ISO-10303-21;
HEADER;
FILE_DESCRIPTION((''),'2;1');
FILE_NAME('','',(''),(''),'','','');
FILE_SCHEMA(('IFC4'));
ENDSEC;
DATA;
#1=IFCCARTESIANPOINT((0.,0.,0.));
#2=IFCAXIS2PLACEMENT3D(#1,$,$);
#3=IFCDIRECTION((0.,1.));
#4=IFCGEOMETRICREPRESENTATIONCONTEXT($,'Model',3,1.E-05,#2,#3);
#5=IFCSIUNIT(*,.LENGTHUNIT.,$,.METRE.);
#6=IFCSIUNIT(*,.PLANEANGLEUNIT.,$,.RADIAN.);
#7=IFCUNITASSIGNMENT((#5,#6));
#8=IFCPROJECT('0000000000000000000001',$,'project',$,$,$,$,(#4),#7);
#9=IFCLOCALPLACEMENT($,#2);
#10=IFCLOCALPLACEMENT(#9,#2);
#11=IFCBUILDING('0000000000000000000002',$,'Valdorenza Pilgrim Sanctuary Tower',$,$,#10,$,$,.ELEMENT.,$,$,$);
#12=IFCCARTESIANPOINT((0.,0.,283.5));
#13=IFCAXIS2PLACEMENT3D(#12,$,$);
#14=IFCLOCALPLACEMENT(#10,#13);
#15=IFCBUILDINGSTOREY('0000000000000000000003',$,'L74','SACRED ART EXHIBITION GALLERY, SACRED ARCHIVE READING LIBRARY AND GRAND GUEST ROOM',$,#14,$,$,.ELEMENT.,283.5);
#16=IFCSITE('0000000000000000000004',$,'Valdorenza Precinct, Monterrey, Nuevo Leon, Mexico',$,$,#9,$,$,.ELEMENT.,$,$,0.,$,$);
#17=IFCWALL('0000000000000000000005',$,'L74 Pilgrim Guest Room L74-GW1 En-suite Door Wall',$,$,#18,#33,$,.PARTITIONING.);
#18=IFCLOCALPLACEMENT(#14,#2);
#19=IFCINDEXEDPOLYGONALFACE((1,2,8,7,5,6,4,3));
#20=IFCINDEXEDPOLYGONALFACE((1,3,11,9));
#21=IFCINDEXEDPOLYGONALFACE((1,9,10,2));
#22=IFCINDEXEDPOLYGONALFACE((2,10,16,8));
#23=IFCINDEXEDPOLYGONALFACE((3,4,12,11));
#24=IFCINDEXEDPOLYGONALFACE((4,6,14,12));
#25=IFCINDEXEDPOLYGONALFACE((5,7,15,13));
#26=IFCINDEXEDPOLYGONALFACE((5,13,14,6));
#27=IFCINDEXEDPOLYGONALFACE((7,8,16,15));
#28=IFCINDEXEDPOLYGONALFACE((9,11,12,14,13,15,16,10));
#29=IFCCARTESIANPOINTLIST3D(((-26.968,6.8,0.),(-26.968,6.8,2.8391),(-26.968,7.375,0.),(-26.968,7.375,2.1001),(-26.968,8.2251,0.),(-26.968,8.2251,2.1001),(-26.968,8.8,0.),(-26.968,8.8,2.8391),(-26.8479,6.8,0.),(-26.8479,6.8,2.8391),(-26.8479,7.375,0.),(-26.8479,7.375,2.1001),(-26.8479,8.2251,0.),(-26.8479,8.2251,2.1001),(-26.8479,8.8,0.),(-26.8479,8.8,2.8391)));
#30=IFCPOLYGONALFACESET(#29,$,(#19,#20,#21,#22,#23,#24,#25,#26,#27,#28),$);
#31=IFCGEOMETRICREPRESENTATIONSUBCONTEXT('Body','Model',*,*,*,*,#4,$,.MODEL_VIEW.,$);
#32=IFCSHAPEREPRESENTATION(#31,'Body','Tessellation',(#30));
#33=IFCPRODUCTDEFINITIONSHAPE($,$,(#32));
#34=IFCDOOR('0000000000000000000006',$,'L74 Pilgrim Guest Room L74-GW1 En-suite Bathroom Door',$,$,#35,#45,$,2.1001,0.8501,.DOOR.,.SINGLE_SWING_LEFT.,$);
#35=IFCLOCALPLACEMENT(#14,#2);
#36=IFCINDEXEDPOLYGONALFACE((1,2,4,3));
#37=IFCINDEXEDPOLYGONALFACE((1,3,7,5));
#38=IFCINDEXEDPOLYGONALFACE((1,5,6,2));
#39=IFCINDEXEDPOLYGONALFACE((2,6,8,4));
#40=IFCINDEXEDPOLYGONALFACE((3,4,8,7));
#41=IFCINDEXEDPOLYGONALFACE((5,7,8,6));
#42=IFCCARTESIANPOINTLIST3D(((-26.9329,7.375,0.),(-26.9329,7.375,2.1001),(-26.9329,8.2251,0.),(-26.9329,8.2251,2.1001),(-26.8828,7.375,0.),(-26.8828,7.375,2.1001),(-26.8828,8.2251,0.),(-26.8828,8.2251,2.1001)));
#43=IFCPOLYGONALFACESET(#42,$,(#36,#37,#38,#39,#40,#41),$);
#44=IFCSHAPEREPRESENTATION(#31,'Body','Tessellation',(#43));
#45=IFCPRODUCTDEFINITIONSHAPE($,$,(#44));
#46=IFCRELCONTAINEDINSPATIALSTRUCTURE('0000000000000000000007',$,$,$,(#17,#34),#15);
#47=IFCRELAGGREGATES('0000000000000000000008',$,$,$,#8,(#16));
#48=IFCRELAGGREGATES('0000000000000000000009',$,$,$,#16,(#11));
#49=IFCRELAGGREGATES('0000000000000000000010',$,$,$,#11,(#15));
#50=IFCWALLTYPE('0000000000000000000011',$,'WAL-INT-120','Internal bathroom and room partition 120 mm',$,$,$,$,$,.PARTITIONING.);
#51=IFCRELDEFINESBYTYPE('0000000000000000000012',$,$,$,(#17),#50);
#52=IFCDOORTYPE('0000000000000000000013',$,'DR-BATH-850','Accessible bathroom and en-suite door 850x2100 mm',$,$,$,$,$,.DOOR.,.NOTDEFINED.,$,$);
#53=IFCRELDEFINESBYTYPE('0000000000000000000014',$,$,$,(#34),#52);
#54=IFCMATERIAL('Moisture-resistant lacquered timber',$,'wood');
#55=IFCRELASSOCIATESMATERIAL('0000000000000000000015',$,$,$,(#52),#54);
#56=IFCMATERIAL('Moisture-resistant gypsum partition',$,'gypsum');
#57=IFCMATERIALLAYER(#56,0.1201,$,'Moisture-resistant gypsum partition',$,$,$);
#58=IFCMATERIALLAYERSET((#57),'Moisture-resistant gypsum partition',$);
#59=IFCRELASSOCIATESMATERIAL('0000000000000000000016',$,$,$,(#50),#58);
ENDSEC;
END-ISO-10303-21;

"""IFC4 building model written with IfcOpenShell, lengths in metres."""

from ifc_helpers import new_model, si_unit, direction, frame, frame_2d, origin, place, context, subcontext, project, spatial, rectangle, extrude, material, layer, layer_set, type_object, element, fill, save


model = new_model("IFC4")

# Units and contexts
model_context = context("Model", 3, precision=1e-05, world=origin(), true_north=direction((0.0, 1.0)))
body_context = subcontext(model_context, "Body", "Model", "MODEL_VIEW")
ifc_project = project(units=[si_unit("LENGTHUNIT", "METRE"), si_unit("PLANEANGLEUNIT", "RADIAN")], contexts=[model_context])

# Site, building, storey
site_placement = place(None, origin())
site = spatial("IfcSite", under=ifc_project, at=site_placement, Name="Valdorenza Precinct, Monterrey, Nuevo Leon, Mexico", CompositionType="ELEMENT", RefElevation=0.0)
building_placement = place(site_placement, origin())
building = spatial("IfcBuilding", under=site, at=building_placement, Name="Valdorenza Pilgrim Sanctuary Tower", CompositionType="ELEMENT")
storey_placement = place(building_placement, frame((0.0, 0.0, 283.5)))
storey = spatial("IfcBuildingStorey", under=building, at=storey_placement, Name="L74", Description="SACRED ART EXHIBITION GALLERY, SACRED ARCHIVE READING LIBRARY AND GRAND GUEST ROOM", CompositionType="ELEMENT", Elevation=283.5)

# Shared definitions
ifc_material_1 = material(Name="Moisture-resistant lacquered timber", Category="wood")
door_type = type_object("IfcDoorType", Name="DR-BATH-850", Description="Accessible bathroom and en-suite door 850x2100 mm", OperationType="NOTDEFINED", PredefinedType="DOOR", material=ifc_material_1)

# Shared definitions
ifc_material_2 = material(Name="Moisture-resistant gypsum partition", Category="gypsum")
ifc_layer_1 = layer(ifc_material_2, 0.1201, Name="Moisture-resistant gypsum partition")
ifc_layer_set_1 = layer_set([ifc_layer_1], Name="Moisture-resistant gypsum partition")
wall_type_1 = type_object("IfcWallType", Name="WAL-INT-120", Description="Internal bathroom and room partition 120 mm", PredefinedType="PARTITIONING", material=ifc_layer_set_1)

# Wall, opening, door
wall_1_placement = place(storey_placement, frame((-26.908, 6.8, 0.0), z_axis=(0.0, 0.0, 1.0), x_axis=(0.0, 1.0, 0.0)))
wall_1 = element("IfcWall", 1, at=wall_1_placement, inside=storey, type_object=wall_type_1, Name="L74 Pilgrim Guest Room L74-GW1 En-suite Door Wall", PredefinedType="PARTITIONING", context=body_context, shape_type="SweptSolid", body=[
    extrude(rectangle(XDim=2.0, YDim=0.1201, at=frame_2d((1.0, 0.0))), origin(), (0.0, 0.0, 1.0), 2.8391),
])
opening_1_placement = place(wall_1_placement, frame((0.575, 0.0, 0.0)))
opening_1 = element("IfcOpeningElement", 2, at=opening_1_placement, cuts=wall_1, PredefinedType="OPENING", context=body_context, shape_type="SweptSolid", body=[
    extrude(rectangle(XDim=0.8501, YDim=2.1001, at=frame_2d((0.425, 1.05))), frame((0.0, 0.075, 0.0), z_axis=(0.0, -1.0, 0.0), x_axis=(1.0, 0.0, 0.0)), (0.0, 0.0, 1.0), 0.1499),
])
door_1_placement = place(opening_1_placement, origin())
door_1 = element("IfcDoor", 3, at=door_1_placement, inside=storey, type_object=door_type, Name="L74 Pilgrim Guest Room L74-GW1 En-suite Bathroom Door", OperationType="SINGLE_SWING_LEFT", OverallHeight=2.1001, OverallWidth=0.8501, PredefinedType="DOOR", context=body_context, shape_type="SweptSolid", body=[
    extrude(rectangle(XDim=0.8501, YDim=2.1001, at=frame_2d((0.425, 1.05))), frame((0.0, 0.0249, 0.0), z_axis=(0.0, -1.0, 0.0), x_axis=(1.0, 0.0, 0.0)), (0.0, 0.0, 1.0), 0.05),
])
fill(opening_1, door_1)

save(model, "model.ifc")
